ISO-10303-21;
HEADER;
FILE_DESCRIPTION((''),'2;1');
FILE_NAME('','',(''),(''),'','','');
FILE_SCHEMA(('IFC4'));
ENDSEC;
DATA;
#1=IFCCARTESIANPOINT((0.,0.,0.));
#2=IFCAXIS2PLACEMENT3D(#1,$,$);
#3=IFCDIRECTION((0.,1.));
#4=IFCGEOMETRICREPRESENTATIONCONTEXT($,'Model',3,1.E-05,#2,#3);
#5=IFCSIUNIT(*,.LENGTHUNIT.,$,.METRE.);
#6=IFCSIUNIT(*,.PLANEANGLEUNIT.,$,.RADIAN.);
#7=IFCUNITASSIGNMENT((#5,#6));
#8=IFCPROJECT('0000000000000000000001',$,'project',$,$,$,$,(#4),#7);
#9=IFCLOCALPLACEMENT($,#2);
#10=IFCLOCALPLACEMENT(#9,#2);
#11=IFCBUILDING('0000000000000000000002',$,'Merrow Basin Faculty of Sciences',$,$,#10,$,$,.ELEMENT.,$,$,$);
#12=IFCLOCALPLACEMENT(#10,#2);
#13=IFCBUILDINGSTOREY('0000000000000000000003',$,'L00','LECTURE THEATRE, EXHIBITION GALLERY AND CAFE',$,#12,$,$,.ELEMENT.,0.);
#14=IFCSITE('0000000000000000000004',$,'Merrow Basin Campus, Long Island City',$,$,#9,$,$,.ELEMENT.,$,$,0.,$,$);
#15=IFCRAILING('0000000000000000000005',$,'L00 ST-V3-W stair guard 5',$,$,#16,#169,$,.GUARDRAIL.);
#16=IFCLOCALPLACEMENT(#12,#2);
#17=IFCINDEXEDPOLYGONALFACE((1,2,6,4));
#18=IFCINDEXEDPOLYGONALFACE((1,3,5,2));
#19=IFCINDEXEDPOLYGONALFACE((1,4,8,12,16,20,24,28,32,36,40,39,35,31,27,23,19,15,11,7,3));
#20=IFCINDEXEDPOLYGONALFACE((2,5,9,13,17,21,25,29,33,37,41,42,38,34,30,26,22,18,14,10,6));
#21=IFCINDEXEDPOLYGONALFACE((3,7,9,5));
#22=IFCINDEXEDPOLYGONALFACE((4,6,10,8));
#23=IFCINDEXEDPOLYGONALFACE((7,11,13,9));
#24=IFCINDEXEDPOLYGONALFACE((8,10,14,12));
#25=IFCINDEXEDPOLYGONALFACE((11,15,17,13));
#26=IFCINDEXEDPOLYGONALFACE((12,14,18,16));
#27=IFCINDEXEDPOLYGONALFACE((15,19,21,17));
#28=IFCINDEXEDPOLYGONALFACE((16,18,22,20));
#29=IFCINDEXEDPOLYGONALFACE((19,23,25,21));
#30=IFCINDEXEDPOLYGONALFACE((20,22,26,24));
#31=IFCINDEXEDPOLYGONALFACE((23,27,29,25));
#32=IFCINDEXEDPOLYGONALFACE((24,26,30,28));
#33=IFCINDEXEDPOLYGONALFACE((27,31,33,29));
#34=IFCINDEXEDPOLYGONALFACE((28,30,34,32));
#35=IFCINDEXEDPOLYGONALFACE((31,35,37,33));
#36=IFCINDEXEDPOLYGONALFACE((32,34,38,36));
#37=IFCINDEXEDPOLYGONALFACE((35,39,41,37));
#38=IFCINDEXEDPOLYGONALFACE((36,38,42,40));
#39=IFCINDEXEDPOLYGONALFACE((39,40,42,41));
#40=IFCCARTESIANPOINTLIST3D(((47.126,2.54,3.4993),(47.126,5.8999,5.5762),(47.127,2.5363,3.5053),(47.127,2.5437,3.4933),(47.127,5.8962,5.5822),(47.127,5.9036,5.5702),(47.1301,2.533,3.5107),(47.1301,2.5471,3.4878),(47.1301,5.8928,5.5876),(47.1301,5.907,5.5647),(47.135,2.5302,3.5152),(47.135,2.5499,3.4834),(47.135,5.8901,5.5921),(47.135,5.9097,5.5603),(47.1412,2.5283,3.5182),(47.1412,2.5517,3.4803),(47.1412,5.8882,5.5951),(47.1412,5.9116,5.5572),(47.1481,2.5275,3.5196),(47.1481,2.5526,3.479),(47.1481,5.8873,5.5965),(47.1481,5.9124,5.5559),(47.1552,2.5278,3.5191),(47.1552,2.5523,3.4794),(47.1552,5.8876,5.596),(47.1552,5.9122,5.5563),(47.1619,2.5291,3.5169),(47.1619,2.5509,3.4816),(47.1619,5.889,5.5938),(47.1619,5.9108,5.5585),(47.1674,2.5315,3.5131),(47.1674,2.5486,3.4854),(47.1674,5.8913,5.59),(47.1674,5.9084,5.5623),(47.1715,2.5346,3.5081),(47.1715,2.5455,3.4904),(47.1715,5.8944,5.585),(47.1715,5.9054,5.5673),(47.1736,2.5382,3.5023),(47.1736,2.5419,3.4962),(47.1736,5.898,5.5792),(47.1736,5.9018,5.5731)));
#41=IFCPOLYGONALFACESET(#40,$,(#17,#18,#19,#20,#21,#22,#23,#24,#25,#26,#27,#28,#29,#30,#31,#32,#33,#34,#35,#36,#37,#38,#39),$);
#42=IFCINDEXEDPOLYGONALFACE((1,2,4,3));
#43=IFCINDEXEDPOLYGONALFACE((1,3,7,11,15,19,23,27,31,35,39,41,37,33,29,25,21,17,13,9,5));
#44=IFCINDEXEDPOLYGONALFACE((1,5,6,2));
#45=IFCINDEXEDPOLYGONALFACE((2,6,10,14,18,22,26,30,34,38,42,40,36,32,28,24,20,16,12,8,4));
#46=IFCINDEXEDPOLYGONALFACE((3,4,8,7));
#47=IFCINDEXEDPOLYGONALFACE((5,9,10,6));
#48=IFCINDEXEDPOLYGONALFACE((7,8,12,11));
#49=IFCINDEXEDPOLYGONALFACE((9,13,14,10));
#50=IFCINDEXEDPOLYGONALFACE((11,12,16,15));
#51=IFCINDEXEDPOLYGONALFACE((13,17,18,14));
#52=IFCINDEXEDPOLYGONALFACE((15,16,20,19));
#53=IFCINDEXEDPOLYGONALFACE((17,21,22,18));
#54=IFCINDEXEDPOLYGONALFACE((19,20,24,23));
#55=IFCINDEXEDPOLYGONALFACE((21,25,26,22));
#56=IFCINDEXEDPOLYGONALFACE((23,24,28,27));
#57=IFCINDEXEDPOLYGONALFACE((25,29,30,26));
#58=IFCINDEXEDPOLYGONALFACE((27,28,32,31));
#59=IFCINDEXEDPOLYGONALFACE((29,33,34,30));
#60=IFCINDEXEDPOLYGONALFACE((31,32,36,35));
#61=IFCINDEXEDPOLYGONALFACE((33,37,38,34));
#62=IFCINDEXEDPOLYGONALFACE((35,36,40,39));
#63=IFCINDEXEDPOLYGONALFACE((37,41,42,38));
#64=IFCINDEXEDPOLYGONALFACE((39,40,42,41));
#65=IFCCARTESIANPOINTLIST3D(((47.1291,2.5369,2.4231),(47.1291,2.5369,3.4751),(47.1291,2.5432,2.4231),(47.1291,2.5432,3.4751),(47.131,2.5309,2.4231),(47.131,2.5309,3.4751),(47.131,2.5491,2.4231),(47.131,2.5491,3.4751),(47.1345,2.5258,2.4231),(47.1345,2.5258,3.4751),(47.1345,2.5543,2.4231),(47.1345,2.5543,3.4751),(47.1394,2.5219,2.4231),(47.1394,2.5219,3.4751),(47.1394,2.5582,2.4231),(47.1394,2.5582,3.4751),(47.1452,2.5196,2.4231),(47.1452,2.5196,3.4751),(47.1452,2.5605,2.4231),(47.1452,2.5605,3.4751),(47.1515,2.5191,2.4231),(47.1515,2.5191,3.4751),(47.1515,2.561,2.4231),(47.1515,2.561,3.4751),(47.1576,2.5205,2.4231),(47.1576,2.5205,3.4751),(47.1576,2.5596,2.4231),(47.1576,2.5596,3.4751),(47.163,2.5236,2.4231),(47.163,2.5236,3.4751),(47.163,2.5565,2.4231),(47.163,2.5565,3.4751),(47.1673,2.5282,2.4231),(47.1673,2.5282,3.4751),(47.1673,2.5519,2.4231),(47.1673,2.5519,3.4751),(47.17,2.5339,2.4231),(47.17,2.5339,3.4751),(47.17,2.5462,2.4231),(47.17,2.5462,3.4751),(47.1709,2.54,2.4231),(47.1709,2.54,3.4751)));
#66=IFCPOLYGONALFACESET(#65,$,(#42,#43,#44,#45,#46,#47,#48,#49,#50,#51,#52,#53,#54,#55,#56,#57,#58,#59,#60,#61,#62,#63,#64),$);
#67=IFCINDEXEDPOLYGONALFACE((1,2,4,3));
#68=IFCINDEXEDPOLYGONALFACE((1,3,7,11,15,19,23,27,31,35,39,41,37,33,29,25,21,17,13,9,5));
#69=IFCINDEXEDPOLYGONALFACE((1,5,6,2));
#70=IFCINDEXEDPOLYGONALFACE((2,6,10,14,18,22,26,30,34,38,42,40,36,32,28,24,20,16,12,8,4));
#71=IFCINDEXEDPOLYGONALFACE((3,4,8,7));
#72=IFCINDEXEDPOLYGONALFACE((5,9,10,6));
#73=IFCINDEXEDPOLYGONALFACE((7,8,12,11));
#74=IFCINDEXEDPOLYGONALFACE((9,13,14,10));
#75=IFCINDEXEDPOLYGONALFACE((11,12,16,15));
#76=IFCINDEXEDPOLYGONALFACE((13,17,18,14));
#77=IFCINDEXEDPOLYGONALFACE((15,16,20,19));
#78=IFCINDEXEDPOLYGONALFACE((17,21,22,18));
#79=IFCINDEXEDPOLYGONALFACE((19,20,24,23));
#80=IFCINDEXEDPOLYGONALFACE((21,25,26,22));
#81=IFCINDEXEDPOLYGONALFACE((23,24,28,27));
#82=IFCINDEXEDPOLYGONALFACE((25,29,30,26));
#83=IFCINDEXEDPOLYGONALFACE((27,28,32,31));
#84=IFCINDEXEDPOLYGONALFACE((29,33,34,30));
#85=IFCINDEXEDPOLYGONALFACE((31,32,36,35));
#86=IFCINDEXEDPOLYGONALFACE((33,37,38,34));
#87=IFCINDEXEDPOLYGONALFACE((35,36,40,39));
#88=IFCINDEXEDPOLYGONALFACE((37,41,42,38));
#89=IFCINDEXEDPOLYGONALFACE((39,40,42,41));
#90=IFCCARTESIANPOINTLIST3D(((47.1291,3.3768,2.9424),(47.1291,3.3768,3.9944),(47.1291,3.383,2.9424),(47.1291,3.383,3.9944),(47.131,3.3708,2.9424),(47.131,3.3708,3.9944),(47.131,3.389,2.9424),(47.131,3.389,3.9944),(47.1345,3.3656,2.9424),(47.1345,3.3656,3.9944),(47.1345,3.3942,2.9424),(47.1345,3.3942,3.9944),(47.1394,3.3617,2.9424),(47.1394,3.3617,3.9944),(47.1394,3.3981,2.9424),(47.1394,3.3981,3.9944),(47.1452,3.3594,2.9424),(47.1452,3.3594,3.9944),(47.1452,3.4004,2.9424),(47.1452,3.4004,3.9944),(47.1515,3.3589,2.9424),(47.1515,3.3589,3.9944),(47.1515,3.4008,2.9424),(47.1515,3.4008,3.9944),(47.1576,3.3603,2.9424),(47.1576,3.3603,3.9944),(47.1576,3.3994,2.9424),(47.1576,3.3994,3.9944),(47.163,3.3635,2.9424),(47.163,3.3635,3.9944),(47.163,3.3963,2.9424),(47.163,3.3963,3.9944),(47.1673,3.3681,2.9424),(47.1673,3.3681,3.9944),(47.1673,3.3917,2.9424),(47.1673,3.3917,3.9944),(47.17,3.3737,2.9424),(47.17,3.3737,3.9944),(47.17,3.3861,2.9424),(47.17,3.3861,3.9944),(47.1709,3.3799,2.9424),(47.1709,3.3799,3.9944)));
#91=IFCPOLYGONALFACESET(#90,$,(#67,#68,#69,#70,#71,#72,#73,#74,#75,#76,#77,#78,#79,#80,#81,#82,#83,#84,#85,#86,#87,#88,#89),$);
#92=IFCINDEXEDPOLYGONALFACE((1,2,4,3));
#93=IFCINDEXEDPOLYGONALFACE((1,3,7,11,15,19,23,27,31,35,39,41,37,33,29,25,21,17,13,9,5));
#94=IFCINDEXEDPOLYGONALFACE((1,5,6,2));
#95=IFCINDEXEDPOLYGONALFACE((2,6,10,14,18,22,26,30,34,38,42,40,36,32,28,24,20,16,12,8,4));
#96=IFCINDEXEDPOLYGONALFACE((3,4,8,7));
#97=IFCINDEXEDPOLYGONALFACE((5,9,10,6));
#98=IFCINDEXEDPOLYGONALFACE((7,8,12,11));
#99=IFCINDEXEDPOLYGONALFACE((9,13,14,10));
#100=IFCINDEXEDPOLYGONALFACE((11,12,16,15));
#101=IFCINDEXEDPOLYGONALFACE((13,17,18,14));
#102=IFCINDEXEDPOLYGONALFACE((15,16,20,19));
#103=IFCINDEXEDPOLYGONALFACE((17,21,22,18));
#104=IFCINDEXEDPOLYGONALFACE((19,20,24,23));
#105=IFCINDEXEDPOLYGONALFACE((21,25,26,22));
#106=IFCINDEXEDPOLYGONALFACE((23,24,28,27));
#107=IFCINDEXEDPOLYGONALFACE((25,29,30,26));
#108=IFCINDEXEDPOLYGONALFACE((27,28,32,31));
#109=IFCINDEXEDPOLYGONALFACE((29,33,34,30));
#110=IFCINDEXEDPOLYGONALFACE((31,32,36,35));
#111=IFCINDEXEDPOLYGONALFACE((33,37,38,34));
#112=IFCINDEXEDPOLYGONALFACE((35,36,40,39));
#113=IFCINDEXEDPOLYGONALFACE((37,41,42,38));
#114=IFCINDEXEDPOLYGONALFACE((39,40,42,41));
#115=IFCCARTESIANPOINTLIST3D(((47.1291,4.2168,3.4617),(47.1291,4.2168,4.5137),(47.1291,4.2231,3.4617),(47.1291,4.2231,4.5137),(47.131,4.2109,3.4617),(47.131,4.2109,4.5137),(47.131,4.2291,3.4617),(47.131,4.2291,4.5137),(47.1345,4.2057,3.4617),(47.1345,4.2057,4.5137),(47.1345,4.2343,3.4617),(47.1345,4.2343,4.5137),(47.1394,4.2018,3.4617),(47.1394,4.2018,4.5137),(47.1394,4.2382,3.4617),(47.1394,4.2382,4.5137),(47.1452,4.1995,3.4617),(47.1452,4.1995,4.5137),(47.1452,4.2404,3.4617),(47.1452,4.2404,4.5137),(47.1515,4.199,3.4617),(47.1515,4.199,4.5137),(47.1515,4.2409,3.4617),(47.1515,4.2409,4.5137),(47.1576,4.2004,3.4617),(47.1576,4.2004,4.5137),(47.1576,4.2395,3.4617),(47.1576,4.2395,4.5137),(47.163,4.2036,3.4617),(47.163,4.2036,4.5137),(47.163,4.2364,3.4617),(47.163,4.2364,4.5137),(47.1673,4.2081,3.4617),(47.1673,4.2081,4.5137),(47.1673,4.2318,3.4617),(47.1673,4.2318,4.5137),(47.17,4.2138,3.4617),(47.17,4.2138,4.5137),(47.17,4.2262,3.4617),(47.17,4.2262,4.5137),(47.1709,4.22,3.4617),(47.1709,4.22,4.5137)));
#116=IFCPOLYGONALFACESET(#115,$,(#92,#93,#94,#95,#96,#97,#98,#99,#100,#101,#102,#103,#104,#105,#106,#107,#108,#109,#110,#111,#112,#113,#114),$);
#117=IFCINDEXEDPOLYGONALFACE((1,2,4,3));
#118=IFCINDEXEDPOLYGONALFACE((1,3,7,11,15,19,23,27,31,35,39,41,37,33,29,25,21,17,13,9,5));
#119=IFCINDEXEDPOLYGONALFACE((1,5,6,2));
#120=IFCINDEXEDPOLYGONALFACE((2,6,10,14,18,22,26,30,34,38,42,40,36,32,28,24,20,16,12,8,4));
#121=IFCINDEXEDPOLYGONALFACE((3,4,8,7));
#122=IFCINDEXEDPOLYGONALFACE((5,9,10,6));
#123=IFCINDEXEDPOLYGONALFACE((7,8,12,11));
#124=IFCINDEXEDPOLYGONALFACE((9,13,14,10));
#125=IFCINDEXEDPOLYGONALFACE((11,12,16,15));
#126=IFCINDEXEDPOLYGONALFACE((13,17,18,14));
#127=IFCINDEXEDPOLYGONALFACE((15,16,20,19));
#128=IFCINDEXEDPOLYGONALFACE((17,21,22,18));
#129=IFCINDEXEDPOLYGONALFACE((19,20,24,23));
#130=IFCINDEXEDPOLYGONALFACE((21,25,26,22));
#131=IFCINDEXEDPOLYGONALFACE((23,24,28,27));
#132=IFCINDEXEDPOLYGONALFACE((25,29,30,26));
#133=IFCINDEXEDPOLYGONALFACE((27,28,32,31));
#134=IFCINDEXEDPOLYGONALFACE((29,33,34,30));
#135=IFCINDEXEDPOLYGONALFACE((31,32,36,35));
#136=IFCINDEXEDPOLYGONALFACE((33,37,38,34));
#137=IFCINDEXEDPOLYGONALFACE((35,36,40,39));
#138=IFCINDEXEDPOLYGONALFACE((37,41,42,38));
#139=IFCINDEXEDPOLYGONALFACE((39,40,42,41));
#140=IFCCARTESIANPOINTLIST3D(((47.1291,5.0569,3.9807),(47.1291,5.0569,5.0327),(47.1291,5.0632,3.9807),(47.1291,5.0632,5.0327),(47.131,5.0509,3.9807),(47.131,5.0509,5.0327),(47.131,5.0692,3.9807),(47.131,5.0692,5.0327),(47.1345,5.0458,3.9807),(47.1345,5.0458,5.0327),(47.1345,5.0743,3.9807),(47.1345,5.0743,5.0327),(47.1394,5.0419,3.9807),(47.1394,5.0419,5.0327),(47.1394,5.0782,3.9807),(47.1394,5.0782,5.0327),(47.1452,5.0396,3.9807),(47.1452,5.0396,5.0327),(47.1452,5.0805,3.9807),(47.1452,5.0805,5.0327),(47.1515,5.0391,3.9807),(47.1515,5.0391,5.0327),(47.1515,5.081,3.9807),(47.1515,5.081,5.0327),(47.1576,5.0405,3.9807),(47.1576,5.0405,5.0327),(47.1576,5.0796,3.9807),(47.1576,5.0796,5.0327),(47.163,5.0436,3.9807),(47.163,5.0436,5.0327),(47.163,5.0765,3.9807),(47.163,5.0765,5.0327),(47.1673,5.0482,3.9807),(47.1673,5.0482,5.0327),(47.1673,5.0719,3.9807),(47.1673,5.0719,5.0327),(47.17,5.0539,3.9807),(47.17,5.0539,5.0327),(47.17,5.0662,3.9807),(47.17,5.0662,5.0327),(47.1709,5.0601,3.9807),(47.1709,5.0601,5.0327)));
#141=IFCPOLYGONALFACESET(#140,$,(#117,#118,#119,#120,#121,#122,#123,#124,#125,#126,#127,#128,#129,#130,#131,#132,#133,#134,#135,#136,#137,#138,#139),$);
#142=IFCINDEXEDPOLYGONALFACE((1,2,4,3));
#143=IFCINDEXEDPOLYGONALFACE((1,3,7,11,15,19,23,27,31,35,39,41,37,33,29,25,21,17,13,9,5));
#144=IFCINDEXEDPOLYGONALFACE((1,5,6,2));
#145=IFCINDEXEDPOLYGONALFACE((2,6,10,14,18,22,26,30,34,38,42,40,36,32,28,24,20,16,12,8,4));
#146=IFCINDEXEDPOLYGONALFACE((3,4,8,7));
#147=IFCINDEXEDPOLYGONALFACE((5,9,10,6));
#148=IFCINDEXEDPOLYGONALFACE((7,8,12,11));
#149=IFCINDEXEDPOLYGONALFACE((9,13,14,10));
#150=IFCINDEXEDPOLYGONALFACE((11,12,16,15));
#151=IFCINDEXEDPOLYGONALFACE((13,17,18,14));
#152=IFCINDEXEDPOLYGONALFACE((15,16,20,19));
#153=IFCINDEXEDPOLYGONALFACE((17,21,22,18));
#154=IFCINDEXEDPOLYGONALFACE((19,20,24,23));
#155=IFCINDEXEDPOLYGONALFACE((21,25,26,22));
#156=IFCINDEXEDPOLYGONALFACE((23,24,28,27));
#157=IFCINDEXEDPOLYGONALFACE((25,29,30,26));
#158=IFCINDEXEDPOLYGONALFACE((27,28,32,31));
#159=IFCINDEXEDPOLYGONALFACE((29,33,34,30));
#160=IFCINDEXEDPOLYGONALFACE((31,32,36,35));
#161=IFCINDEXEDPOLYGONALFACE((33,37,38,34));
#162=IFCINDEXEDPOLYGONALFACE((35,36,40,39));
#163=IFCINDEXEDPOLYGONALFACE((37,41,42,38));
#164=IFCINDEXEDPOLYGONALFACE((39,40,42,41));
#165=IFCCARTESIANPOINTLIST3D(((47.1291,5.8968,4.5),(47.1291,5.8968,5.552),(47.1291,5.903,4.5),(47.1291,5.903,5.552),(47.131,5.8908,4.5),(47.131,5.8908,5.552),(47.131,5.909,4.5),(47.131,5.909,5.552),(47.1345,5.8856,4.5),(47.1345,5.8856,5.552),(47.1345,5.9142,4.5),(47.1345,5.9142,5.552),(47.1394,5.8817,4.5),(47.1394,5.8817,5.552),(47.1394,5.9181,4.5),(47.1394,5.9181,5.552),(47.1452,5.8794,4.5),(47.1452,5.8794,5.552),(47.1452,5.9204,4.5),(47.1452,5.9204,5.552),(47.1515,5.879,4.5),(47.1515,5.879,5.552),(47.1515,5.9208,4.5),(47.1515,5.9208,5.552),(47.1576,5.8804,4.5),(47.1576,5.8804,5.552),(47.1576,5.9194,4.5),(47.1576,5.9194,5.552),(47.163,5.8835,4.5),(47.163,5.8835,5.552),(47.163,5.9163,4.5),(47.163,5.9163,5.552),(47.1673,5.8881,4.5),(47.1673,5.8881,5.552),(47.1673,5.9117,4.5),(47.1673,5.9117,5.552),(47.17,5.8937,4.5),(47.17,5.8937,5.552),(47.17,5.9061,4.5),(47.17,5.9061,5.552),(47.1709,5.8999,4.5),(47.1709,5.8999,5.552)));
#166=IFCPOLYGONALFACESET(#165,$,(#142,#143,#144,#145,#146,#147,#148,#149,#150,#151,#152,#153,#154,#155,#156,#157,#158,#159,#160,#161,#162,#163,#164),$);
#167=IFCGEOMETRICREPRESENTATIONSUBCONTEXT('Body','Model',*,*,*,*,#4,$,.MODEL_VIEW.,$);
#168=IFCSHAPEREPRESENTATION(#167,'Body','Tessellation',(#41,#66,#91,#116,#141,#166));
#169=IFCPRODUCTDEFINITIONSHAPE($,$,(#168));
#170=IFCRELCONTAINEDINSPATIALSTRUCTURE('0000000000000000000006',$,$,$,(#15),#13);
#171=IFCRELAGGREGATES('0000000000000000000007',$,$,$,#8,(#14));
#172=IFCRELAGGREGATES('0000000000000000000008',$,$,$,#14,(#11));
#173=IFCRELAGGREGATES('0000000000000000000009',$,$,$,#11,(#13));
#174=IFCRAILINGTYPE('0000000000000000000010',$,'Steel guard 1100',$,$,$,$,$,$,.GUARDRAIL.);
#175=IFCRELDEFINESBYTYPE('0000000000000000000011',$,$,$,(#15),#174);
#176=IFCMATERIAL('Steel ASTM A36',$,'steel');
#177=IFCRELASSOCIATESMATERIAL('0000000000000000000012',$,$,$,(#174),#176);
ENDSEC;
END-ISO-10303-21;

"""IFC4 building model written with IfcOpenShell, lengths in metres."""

from ifc_helpers import new_model, si_unit, direction, frame, origin, origin_2d, place, context, subcontext, project, spatial, circle, extrude, material, type_object, element, save


model = new_model("IFC4")

# Units and contexts
model_context = context("Model", 3, precision=1e-05, world=origin(), true_north=direction((0.0, 1.0)))
body_context = subcontext(model_context, "Body", "Model", "MODEL_VIEW")
ifc_project = project(units=[si_unit("LENGTHUNIT", "METRE"), si_unit("PLANEANGLEUNIT", "RADIAN")], contexts=[model_context])

# Site, building, storey
site_placement = place(None, origin())
site = spatial("IfcSite", under=ifc_project, at=site_placement, Name="Merrow Basin Campus, Long Island City", CompositionType="ELEMENT", RefElevation=0.0)
building_placement = place(site_placement, origin())
building = spatial("IfcBuilding", under=site, at=building_placement, Name="Merrow Basin Faculty of Sciences", CompositionType="ELEMENT")
storey_placement = place(building_placement, origin())
storey = spatial("IfcBuildingStorey", under=building, at=storey_placement, Name="L00", Description="LECTURE THEATRE, EXHIBITION GALLERY AND CAFE", CompositionType="ELEMENT", Elevation=0.0)

# Railing
ifc_material_1 = material(Name="Steel ASTM A36", Category="steel")
railing_type = type_object("IfcRailingType", Name="Steel guard 1100", PredefinedType="GUARDRAIL", material=ifc_material_1)
railing_1_placement = place(storey_placement, frame((47.1499, 2.54, 2.4231)))
element("IfcRailing", 1, at=railing_1_placement, inside=storey, type_object=railing_type, Name="L00 ST-V3-W stair guard 5", PredefinedType="GUARDRAIL", context=body_context, shape_type="SweptSolid", body=[
    extrude(circle(Radius=0.0239, at=origin_2d()), frame((0.0, 0.0, 1.0762), z_axis=(0.0, 0.850606, 0.525803), x_axis=(-1.0, 0.0, 0.0)), (0.0, 0.0, 1.0), 3.95),
    extrude(circle(Radius=0.021, at=origin_2d()), origin(), (0.0, 0.0, 1.0), 1.052),
    extrude(circle(Radius=0.021, at=origin_2d()), frame((0.0, 0.8398, 0.5193)), (0.0, 0.0, 1.0), 1.052),
    extrude(circle(Radius=0.021, at=origin_2d()), frame((0.0, 1.6799, 1.0386)), (0.0, 0.0, 1.0), 1.052),
    extrude(circle(Radius=0.021, at=origin_2d()), frame((0.0, 2.52, 1.5576)), (0.0, 0.0, 1.0), 1.052),
    extrude(circle(Radius=0.021, at=origin_2d()), frame((0.0, 3.3599, 2.0769)), (0.0, 0.0, 1.0), 1.052),
])

save(model, "model.ifc")
